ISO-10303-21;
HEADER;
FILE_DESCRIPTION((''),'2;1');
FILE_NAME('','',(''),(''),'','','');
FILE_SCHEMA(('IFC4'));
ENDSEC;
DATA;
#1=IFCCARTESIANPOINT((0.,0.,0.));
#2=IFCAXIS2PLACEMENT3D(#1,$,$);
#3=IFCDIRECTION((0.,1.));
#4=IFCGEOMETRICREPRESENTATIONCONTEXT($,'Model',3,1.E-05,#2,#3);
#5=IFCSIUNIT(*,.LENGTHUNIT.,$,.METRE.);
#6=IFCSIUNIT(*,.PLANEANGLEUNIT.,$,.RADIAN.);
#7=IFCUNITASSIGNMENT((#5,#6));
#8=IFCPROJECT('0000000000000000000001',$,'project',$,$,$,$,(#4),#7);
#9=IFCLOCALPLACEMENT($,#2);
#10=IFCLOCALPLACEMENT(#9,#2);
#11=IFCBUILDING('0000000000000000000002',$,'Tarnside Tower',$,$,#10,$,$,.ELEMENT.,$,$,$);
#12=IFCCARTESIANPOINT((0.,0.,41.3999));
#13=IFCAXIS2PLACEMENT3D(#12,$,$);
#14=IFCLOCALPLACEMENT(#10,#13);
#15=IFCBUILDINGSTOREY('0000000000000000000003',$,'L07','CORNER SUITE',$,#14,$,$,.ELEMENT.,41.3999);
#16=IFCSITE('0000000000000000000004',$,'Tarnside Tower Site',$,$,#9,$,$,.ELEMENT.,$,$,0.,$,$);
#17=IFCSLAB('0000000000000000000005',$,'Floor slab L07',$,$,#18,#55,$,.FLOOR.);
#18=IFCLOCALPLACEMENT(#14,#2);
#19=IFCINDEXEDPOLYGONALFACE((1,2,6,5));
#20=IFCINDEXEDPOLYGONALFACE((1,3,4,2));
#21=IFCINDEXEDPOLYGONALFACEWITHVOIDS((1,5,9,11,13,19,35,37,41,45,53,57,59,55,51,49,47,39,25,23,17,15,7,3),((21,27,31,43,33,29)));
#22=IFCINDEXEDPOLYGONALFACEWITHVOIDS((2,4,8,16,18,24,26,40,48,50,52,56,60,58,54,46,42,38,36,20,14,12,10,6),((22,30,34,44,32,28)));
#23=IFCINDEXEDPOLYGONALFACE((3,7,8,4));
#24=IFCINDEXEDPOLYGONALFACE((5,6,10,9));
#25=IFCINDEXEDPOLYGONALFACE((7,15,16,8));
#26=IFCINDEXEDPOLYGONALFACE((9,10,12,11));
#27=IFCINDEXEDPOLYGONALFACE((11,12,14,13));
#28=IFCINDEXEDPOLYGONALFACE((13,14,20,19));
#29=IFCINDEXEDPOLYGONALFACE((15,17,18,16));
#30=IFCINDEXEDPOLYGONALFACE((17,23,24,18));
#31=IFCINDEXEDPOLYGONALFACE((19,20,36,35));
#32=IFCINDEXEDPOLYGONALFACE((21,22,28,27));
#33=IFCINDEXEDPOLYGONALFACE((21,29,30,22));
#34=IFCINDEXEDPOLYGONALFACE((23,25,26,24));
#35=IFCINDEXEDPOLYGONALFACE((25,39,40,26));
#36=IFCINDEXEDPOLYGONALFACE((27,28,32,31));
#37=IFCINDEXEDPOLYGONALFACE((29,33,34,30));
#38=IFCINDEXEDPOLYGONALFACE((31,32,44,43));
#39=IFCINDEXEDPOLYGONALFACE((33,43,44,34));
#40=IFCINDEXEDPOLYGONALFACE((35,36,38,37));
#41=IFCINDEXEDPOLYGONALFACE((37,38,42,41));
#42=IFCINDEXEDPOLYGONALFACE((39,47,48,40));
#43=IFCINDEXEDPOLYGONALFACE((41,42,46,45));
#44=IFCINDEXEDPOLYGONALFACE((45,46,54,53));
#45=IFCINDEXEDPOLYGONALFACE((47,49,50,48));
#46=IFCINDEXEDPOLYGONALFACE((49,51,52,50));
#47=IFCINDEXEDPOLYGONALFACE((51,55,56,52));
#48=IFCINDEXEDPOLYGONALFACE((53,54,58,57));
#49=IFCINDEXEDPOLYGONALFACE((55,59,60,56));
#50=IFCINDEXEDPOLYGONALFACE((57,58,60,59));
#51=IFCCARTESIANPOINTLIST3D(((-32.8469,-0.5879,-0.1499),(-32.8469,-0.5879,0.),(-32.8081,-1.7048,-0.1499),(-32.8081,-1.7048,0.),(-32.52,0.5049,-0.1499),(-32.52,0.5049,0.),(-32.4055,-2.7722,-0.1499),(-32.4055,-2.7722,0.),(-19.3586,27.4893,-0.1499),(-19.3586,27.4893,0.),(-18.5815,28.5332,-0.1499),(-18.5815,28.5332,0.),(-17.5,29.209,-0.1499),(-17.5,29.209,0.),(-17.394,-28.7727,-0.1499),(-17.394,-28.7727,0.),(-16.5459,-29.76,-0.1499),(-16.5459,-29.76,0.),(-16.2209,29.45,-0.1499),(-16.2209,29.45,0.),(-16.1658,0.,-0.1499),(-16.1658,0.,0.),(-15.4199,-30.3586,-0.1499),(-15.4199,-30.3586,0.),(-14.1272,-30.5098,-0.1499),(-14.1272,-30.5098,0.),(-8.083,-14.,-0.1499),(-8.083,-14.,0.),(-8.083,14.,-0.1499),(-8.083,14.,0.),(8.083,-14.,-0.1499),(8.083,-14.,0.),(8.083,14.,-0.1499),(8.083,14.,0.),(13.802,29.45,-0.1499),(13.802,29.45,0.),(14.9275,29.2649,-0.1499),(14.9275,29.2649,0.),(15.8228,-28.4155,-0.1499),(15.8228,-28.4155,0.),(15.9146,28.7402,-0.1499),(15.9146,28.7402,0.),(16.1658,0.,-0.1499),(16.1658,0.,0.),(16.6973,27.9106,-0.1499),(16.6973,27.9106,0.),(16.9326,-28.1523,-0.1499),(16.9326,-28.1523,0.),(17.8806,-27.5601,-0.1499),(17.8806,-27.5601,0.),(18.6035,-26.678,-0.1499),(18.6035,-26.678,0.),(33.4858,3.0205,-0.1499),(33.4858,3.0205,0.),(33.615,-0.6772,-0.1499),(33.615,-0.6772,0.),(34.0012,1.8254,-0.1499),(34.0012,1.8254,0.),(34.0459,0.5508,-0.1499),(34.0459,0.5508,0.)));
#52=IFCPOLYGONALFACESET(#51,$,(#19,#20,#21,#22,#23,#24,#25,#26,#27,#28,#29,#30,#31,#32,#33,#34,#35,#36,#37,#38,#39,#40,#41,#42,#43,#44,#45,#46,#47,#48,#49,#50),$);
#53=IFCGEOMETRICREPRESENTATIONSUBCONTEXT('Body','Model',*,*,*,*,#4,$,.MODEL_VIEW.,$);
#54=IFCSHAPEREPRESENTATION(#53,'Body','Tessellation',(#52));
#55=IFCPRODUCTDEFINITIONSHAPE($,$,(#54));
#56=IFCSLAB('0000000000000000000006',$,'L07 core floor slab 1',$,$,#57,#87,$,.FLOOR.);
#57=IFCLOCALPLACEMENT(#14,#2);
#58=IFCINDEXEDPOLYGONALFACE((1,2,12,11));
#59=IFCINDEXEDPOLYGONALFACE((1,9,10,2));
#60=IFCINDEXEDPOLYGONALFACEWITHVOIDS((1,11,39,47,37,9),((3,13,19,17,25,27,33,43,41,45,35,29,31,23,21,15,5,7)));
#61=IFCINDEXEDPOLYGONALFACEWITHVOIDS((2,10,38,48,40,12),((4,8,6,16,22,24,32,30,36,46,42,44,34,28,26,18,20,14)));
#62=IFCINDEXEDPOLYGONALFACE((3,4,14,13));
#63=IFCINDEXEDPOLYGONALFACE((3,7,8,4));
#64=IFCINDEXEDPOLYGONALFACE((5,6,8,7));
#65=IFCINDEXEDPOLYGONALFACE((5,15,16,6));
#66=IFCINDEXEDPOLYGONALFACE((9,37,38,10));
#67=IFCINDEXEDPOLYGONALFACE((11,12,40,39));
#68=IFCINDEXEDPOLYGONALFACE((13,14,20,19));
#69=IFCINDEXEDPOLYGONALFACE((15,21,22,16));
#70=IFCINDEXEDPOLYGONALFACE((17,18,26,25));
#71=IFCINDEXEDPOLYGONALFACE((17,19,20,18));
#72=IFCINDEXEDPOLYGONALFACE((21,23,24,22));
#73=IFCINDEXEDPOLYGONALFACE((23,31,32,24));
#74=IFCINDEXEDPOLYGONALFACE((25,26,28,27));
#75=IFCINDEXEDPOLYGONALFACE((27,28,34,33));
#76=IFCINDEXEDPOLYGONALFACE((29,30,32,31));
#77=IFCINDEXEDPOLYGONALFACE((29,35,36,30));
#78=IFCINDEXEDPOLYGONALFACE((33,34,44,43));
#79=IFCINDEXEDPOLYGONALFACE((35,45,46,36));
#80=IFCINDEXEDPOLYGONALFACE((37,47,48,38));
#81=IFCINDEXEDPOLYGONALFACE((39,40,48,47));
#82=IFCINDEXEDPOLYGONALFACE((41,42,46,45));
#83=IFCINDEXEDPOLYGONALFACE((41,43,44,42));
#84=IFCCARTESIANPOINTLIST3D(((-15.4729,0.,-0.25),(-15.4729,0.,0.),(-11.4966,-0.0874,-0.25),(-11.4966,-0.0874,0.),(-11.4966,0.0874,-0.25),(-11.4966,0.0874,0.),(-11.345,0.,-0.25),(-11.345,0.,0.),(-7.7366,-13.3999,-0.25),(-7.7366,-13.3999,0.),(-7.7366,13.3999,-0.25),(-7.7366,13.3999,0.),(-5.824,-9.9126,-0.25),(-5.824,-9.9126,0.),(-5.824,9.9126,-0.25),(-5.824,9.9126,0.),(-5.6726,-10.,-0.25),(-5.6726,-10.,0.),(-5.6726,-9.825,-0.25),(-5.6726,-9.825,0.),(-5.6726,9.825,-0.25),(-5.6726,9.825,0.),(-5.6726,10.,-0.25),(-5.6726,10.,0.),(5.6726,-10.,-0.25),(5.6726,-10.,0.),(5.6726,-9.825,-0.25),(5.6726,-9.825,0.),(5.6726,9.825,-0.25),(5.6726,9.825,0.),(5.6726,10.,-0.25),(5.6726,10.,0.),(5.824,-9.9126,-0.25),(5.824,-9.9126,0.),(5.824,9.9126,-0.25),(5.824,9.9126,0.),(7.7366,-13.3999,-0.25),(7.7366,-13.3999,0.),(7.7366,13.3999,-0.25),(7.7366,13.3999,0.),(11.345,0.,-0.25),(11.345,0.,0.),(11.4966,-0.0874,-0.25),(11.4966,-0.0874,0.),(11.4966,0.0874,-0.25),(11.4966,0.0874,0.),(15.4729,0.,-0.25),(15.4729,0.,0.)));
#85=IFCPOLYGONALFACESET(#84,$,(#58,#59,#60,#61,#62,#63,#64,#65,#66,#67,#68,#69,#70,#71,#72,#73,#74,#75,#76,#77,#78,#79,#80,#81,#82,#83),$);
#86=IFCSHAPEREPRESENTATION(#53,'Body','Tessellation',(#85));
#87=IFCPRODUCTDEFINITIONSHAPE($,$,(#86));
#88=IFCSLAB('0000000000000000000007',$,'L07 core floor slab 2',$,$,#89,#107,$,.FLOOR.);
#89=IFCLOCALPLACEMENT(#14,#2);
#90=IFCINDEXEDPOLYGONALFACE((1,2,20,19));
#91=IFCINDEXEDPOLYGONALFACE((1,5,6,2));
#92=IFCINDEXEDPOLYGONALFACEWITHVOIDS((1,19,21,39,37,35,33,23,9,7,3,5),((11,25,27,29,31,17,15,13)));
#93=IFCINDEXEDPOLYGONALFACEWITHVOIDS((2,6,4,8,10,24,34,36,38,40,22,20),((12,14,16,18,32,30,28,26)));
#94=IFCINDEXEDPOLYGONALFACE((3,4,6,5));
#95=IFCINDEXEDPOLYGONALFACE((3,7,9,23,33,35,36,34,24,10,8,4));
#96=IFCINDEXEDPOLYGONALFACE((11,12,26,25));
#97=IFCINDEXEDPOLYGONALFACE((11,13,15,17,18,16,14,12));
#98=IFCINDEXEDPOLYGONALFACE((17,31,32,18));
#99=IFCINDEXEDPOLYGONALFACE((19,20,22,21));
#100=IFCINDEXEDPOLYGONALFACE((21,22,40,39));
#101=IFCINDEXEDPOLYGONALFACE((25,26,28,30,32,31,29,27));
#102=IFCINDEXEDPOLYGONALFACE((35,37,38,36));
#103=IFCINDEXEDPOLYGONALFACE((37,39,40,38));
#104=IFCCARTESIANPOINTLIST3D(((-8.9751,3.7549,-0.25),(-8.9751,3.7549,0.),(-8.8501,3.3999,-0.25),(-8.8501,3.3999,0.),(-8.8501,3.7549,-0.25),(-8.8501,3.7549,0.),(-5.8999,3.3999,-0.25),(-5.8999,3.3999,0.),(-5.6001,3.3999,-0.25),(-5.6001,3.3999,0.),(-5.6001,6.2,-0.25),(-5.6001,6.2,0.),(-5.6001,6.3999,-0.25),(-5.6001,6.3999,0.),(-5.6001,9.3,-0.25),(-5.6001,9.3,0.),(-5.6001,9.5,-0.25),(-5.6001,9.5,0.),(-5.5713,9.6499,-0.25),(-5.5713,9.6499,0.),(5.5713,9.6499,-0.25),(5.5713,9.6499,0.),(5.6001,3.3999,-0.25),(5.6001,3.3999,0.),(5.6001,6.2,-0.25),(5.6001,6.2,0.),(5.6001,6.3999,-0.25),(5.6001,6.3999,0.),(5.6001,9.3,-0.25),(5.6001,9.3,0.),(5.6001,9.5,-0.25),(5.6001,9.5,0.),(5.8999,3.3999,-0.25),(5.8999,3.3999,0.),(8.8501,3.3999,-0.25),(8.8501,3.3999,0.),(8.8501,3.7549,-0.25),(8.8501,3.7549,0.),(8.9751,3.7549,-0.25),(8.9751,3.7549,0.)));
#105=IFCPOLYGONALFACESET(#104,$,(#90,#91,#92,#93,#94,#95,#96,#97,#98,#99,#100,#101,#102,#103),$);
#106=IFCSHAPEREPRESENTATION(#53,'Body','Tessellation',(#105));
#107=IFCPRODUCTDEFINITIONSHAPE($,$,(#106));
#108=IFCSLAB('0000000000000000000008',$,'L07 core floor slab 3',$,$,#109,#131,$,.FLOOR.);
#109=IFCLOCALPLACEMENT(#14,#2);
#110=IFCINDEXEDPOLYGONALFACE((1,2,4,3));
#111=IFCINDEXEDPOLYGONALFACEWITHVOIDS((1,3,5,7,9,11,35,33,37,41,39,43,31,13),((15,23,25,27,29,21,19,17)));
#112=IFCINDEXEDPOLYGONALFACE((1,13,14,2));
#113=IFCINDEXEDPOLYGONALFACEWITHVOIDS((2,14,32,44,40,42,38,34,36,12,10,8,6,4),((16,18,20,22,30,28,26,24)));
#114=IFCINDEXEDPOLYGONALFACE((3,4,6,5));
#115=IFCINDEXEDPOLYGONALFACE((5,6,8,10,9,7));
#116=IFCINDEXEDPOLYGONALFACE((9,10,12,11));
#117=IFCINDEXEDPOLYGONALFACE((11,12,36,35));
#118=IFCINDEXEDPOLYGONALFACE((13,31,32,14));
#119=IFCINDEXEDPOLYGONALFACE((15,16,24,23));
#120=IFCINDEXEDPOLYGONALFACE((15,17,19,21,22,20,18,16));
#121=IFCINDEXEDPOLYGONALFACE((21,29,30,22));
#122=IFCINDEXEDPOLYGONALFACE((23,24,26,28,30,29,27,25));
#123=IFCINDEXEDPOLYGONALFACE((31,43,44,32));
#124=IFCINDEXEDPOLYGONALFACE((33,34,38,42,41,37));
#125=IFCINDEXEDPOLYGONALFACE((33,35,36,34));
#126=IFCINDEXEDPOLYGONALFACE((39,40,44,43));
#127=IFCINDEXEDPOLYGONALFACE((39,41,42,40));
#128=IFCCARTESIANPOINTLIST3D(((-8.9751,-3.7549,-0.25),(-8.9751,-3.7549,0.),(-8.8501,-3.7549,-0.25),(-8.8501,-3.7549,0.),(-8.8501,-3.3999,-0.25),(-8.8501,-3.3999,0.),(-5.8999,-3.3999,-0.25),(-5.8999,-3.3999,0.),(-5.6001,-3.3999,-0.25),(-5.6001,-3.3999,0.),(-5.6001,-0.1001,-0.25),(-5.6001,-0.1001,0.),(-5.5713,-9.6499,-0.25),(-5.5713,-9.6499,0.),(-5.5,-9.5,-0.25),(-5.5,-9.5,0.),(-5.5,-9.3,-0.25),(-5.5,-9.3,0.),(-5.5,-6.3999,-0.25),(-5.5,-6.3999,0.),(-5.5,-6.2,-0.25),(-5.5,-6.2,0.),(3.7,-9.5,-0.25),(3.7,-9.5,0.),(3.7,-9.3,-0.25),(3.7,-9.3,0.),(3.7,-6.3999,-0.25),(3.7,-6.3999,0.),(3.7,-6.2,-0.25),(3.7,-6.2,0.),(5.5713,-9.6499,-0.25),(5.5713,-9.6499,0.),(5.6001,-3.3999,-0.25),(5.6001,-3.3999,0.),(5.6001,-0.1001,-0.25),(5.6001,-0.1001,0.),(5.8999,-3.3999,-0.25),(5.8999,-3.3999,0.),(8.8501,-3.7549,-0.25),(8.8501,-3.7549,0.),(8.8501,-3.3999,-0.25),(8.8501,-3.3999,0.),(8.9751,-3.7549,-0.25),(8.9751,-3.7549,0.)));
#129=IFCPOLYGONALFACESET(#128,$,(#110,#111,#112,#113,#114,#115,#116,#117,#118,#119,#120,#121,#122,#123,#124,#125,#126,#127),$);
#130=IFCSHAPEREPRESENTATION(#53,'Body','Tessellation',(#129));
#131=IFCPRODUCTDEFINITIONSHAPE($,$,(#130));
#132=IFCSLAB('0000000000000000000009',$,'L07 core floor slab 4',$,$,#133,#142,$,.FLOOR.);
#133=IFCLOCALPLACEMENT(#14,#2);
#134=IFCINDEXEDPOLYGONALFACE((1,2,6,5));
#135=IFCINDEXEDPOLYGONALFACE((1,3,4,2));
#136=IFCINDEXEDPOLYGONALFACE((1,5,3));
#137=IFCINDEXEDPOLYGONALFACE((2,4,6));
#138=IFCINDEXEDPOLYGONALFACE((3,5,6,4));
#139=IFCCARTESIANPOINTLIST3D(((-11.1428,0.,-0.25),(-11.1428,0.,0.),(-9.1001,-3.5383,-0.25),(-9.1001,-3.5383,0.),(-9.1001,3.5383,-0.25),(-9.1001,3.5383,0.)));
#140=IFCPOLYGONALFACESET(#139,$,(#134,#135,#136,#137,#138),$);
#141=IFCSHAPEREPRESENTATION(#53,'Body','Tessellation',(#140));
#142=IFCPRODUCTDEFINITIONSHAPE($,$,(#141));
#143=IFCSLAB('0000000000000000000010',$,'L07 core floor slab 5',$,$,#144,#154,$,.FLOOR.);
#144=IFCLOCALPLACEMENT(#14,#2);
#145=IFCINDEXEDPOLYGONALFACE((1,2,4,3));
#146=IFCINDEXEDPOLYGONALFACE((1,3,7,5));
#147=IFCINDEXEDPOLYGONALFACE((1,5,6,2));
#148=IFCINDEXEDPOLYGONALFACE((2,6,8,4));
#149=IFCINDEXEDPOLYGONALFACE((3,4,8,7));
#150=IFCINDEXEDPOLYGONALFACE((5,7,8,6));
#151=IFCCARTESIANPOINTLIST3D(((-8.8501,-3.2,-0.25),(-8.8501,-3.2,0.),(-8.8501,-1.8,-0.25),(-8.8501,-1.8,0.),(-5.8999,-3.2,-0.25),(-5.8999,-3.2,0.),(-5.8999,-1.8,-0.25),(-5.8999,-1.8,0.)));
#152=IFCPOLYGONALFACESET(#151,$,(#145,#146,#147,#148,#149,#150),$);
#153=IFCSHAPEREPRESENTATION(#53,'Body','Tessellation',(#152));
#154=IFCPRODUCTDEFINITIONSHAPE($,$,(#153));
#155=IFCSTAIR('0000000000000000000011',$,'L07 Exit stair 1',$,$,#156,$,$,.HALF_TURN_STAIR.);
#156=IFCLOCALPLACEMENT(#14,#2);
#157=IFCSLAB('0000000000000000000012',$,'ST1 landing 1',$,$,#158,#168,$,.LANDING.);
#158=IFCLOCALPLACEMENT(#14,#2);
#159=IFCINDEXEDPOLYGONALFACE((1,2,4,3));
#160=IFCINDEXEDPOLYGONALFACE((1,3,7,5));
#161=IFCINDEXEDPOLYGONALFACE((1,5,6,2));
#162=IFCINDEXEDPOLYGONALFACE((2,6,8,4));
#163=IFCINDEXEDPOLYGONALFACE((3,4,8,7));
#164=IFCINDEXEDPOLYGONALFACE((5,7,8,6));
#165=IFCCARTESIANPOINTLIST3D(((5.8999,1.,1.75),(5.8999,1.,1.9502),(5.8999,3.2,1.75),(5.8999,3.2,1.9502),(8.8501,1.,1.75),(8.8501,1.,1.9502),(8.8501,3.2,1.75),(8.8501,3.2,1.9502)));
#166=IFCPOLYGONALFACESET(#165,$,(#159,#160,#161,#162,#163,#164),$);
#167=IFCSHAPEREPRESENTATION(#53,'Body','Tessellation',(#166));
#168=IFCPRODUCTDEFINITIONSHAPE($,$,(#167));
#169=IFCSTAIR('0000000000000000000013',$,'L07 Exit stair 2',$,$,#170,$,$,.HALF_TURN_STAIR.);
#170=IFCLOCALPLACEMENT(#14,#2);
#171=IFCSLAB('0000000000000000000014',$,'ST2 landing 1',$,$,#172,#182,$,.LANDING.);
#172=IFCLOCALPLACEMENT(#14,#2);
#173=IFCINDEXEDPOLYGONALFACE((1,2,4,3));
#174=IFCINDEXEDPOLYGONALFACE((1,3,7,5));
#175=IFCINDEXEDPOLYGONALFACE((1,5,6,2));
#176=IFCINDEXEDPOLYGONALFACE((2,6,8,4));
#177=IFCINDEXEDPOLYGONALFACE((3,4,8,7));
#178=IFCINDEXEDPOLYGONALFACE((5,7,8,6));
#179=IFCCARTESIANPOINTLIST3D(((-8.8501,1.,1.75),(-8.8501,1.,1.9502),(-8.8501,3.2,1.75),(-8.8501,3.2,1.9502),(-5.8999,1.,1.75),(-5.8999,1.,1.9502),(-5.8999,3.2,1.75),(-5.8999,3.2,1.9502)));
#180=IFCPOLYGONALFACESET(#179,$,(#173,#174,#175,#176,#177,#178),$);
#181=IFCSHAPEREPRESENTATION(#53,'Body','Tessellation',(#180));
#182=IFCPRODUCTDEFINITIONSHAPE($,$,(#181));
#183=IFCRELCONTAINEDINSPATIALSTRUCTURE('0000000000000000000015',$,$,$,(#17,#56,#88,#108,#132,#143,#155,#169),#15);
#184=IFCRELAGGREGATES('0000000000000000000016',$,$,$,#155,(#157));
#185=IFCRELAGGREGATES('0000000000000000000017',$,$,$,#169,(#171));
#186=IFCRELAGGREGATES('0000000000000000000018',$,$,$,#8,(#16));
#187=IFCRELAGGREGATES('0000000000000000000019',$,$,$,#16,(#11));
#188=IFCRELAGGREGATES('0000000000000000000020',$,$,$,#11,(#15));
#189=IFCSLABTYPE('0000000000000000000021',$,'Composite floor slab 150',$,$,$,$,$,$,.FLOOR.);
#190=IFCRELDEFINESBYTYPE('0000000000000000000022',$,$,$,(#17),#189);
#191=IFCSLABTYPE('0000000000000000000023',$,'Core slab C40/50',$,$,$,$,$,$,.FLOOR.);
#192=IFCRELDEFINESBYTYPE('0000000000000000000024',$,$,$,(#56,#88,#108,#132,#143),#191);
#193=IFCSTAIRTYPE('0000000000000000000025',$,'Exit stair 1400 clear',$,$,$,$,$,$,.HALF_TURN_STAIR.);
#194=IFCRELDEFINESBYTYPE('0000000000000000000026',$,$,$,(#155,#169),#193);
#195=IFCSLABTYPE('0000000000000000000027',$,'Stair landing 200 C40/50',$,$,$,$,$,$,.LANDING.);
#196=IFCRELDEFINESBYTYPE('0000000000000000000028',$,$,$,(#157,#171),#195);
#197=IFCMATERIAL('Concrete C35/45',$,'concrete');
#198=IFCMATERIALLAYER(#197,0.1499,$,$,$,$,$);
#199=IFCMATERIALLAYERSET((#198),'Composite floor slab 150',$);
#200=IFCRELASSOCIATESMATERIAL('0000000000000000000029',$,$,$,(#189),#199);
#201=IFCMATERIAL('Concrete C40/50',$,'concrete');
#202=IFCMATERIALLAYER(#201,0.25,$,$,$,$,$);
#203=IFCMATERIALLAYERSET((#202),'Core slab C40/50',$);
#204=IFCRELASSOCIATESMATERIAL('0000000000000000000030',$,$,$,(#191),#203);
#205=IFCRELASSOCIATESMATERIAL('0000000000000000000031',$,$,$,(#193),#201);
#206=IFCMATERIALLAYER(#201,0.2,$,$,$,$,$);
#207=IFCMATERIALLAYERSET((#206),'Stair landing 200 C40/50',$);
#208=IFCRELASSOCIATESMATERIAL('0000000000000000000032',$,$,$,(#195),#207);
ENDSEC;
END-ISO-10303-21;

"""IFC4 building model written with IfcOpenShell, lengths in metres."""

from ifc_helpers import new_model, si_unit, direction, frame, origin, place, context, subcontext, project, spatial, polyline, outline, extrude, material, layer, layer_set, type_object, element, aggregate, save


model = new_model("IFC4")

# Units and contexts
model_context = context("Model", 3, precision=1e-05, world=origin(), true_north=direction((0.0, 1.0)))
body_context = subcontext(model_context, "Body", "Model", "MODEL_VIEW")
ifc_project = project(units=[si_unit("LENGTHUNIT", "METRE"), si_unit("PLANEANGLEUNIT", "RADIAN")], contexts=[model_context])

# Site, building, storey
site_placement = place(None, origin())
site = spatial("IfcSite", under=ifc_project, at=site_placement, Name="Tarnside Tower Site", CompositionType="ELEMENT", RefElevation=0.0)
building_placement = place(site_placement, origin())
building = spatial("IfcBuilding", under=site, at=building_placement, Name="Tarnside Tower", CompositionType="ELEMENT")
storey_placement = place(building_placement, frame((0.0, 0.0, 41.3999)))
storey = spatial("IfcBuildingStorey", under=building, at=storey_placement, Name="L07", Description="CORNER SUITE", CompositionType="ELEMENT", Elevation=41.3999)

# Slabs
ifc_material_1 = material(Name="Concrete C35/45", Category="concrete")
ifc_layer_1 = layer(ifc_material_1, 0.1499)
ifc_layer_set_1 = layer_set([ifc_layer_1], Name="Composite floor slab 150")
slab_type_1 = type_object("IfcSlabType", Name="Composite floor slab 150", PredefinedType="FLOOR", material=ifc_layer_set_1)
slab_1_placement = place(storey_placement, frame((0.0, 0.0, -0.1499)))
element("IfcSlab", 1, at=slab_1_placement, inside=storey, type_object=slab_type_1, Name="Floor slab L07", PredefinedType="FLOOR", context=body_context, shape_type="SweptSolid", body=[
    extrude(outline(polyline([(14.9275, 29.2649), (15.9146, 28.7402), (16.6973, 27.9106), (33.4858, 3.0205), (34.0012, 1.8254), (34.0459, 0.5508), (33.615, -0.6772), (18.6035, -26.678), (17.8806, -27.5601), (16.9326, -28.1523), (15.8228, -28.4155), (-14.1272, -30.5098), (-15.4199, -30.3586), (-16.5459, -29.76), (-17.394, -28.7727), (-32.4055, -2.7722), (-32.8081, -1.7048), (-32.8469, -0.5879), (-32.52, 0.5049), (-19.3586, 27.4893), (-18.5815, 28.5332), (-17.5, 29.209), (-16.2209, 29.45), (13.802, 29.45), (14.9275, 29.2649)]), holes=[polyline([(-16.1658, 0.0), (-8.083, -14.0), (8.083, -14.0), (16.1658, 0.0), (8.083, 14.0), (-8.083, 14.0), (-16.1658, 0.0)])]), origin(), (0.0, 0.0, 1.0), 0.1499),
])
ifc_material_2 = material(Name="Concrete C40/50", Category="concrete")
ifc_layer_2 = layer(ifc_material_2, 0.25)
ifc_layer_set_2 = layer_set([ifc_layer_2], Name="Core slab C40/50")
slab_type_2 = type_object("IfcSlabType", Name="Core slab C40/50", PredefinedType="FLOOR", material=ifc_layer_set_2)
slab_2_placement = place(storey_placement, frame((0.0, 0.0, -0.25)))
element("IfcSlab", 2, at=slab_2_placement, inside=storey, type_object=slab_type_2, Name="L07 core floor slab 1", PredefinedType="FLOOR", context=body_context, shape_type="SweptSolid", body=[
    extrude(outline(polyline([(-15.4729, 0.0), (-7.7366, 13.3999), (7.7366, 13.3999), (15.4729, 0.0), (7.7366, -13.3999), (-7.7366, -13.3999), (-15.4729, 0.0)]), holes=[polyline([(5.824, -9.9126), (11.4966, -0.0874), (11.345, 0.0), (11.4966, 0.0874), (5.824, 9.9126), (5.6726, 9.825), (5.6726, 10.0), (-5.6726, 10.0), (-5.6726, 9.825), (-5.824, 9.9126), (-11.4966, 0.0874), (-11.345, 0.0), (-11.4966, -0.0874), (-5.824, -9.9126), (-5.6726, -9.825), (-5.6726, -10.0), (5.6726, -10.0), (5.6726, -9.825), (5.824, -9.9126)])]), origin(), (0.0, 0.0, 1.0), 0.25),
])
slab_3_placement = place(storey_placement, frame((0.0, 0.0, -0.25)))
element("IfcSlab", 3, at=slab_3_placement, inside=storey, type_object=slab_type_2, Name="L07 core floor slab 2", PredefinedType="FLOOR", context=body_context, shape_type="SweptSolid", body=[
    extrude(outline(polyline([(-8.9751, 3.7549), (-5.5713, 9.6499), (5.5713, 9.6499), (8.9751, 3.7549), (8.8501, 3.7549), (8.8501, 3.3999), (5.8999, 3.3999), (5.6001, 3.3999), (5.6001, 3.3999), (-5.6001, 3.3999), (-5.8999, 3.3999), (-8.8501, 3.3999), (-8.8501, 3.7549), (-8.9751, 3.7549)]), holes=[polyline([(-5.6001, 6.2), (5.6001, 6.2), (5.6001, 6.3999), (5.6001, 9.3), (5.6001, 9.5), (-5.6001, 9.5), (-5.6001, 9.3), (-5.6001, 6.3999), (-5.6001, 6.2)])]), origin(), (0.0, 0.0, 1.0), 0.25),
])
slab_4_placement = place(storey_placement, frame((0.0, 0.0, -0.25)))
element("IfcSlab", 4, at=slab_4_placement, inside=storey, type_object=slab_type_2, Name="L07 core floor slab 3", PredefinedType="FLOOR", context=body_context, shape_type="SweptSolid", body=[
    extrude(outline(polyline([(5.6001, -3.3999), (5.8999, -3.3999), (8.8501, -3.3999), (8.8501, -3.7549), (8.9751, -3.7549), (5.5713, -9.6499), (-5.5713, -9.6499), (-8.9751, -3.7549), (-8.8501, -3.7549), (-8.8501, -3.3999), (-5.8999, -3.3999), (-5.6001, -3.3999), (-5.6001, -0.1001), (5.6001, -0.1001), (5.6001, -3.3999)]), holes=[polyline([(-5.5, -9.3), (-5.5, -9.5), (3.7, -9.5), (3.7, -9.3), (3.7, -6.3999), (3.7, -6.2), (-5.5, -6.2), (-5.5, -6.3999), (-5.5, -9.3)])]), origin(), (0.0, 0.0, 1.0), 0.25),
])
slab_5_placement = place(storey_placement, frame((0.0, 0.0, -0.25)))
element("IfcSlab", 5, at=slab_5_placement, inside=storey, type_object=slab_type_2, Name="L07 core floor slab 4", PredefinedType="FLOOR", context=body_context, shape_type="SweptSolid", body=[
    extrude(outline(polyline([(-11.1428, 0.0), (-9.1001, 3.5383), (-9.1001, -3.5383), (-11.1428, 0.0)])), origin(), (0.0, 0.0, 1.0), 0.25),
])
slab_6_placement = place(storey_placement, frame((0.0, 0.0, -0.25)))
element("IfcSlab", 6, at=slab_6_placement, inside=storey, type_object=slab_type_2, Name="L07 core floor slab 5", PredefinedType="FLOOR", context=body_context, shape_type="SweptSolid", body=[
    extrude(outline(polyline([(-8.8501, -1.8), (-5.8999, -1.8), (-5.8999, -3.2), (-8.8501, -3.2), (-8.8501, -1.8)])), origin(), (0.0, 0.0, 1.0), 0.25),
])

# Stairs, slabs
stair_type = type_object("IfcStairType", Name="Exit stair 1400 clear", PredefinedType="HALF_TURN_STAIR", material=ifc_material_2)
stair_1_placement = place(storey_placement, origin())
stair_1 = element("IfcStair", 7, at=stair_1_placement, inside=storey, type_object=stair_type, Name="L07 Exit stair 1", PredefinedType="HALF_TURN_STAIR")
ifc_layer_3 = layer(ifc_material_2, 0.2)
ifc_layer_set_3 = layer_set([ifc_layer_3], Name="Stair landing 200 C40/50")
slab_type_3 = type_object("IfcSlabType", Name="Stair landing 200 C40/50", PredefinedType="LANDING", material=ifc_layer_set_3)
slab_7_placement = place(storey_placement, frame((0.0, 0.0, 1.75)))
slab_7 = element("IfcSlab", 8, at=slab_7_placement, type_object=slab_type_3, Name="ST1 landing 1", PredefinedType="LANDING", context=body_context, shape_type="SweptSolid", body=[
    extrude(outline(polyline([(8.8501, 1.0), (8.8501, 3.2), (5.8999, 3.2), (5.8999, 1.0), (8.8501, 1.0)])), origin(), (0.0, 0.0, 1.0), 0.2002),
])
aggregate(stair_1, [slab_7])
stair_2_placement = place(storey_placement, origin())
stair_2 = element("IfcStair", 9, at=stair_2_placement, inside=storey, type_object=stair_type, Name="L07 Exit stair 2", PredefinedType="HALF_TURN_STAIR")
slab_8_placement = place(storey_placement, frame((0.0, 0.0, 1.75)))
slab_8 = element("IfcSlab", 10, at=slab_8_placement, type_object=slab_type_3, Name="ST2 landing 1", PredefinedType="LANDING", context=body_context, shape_type="SweptSolid", body=[
    extrude(outline(polyline([(-5.8999, 1.0), (-5.8999, 3.2), (-8.8501, 3.2), (-8.8501, 1.0), (-5.8999, 1.0)])), origin(), (0.0, 0.0, 1.0), 0.2002),
])

aggregate(stair_2, [slab_8])

save(model, "model.ifc")
